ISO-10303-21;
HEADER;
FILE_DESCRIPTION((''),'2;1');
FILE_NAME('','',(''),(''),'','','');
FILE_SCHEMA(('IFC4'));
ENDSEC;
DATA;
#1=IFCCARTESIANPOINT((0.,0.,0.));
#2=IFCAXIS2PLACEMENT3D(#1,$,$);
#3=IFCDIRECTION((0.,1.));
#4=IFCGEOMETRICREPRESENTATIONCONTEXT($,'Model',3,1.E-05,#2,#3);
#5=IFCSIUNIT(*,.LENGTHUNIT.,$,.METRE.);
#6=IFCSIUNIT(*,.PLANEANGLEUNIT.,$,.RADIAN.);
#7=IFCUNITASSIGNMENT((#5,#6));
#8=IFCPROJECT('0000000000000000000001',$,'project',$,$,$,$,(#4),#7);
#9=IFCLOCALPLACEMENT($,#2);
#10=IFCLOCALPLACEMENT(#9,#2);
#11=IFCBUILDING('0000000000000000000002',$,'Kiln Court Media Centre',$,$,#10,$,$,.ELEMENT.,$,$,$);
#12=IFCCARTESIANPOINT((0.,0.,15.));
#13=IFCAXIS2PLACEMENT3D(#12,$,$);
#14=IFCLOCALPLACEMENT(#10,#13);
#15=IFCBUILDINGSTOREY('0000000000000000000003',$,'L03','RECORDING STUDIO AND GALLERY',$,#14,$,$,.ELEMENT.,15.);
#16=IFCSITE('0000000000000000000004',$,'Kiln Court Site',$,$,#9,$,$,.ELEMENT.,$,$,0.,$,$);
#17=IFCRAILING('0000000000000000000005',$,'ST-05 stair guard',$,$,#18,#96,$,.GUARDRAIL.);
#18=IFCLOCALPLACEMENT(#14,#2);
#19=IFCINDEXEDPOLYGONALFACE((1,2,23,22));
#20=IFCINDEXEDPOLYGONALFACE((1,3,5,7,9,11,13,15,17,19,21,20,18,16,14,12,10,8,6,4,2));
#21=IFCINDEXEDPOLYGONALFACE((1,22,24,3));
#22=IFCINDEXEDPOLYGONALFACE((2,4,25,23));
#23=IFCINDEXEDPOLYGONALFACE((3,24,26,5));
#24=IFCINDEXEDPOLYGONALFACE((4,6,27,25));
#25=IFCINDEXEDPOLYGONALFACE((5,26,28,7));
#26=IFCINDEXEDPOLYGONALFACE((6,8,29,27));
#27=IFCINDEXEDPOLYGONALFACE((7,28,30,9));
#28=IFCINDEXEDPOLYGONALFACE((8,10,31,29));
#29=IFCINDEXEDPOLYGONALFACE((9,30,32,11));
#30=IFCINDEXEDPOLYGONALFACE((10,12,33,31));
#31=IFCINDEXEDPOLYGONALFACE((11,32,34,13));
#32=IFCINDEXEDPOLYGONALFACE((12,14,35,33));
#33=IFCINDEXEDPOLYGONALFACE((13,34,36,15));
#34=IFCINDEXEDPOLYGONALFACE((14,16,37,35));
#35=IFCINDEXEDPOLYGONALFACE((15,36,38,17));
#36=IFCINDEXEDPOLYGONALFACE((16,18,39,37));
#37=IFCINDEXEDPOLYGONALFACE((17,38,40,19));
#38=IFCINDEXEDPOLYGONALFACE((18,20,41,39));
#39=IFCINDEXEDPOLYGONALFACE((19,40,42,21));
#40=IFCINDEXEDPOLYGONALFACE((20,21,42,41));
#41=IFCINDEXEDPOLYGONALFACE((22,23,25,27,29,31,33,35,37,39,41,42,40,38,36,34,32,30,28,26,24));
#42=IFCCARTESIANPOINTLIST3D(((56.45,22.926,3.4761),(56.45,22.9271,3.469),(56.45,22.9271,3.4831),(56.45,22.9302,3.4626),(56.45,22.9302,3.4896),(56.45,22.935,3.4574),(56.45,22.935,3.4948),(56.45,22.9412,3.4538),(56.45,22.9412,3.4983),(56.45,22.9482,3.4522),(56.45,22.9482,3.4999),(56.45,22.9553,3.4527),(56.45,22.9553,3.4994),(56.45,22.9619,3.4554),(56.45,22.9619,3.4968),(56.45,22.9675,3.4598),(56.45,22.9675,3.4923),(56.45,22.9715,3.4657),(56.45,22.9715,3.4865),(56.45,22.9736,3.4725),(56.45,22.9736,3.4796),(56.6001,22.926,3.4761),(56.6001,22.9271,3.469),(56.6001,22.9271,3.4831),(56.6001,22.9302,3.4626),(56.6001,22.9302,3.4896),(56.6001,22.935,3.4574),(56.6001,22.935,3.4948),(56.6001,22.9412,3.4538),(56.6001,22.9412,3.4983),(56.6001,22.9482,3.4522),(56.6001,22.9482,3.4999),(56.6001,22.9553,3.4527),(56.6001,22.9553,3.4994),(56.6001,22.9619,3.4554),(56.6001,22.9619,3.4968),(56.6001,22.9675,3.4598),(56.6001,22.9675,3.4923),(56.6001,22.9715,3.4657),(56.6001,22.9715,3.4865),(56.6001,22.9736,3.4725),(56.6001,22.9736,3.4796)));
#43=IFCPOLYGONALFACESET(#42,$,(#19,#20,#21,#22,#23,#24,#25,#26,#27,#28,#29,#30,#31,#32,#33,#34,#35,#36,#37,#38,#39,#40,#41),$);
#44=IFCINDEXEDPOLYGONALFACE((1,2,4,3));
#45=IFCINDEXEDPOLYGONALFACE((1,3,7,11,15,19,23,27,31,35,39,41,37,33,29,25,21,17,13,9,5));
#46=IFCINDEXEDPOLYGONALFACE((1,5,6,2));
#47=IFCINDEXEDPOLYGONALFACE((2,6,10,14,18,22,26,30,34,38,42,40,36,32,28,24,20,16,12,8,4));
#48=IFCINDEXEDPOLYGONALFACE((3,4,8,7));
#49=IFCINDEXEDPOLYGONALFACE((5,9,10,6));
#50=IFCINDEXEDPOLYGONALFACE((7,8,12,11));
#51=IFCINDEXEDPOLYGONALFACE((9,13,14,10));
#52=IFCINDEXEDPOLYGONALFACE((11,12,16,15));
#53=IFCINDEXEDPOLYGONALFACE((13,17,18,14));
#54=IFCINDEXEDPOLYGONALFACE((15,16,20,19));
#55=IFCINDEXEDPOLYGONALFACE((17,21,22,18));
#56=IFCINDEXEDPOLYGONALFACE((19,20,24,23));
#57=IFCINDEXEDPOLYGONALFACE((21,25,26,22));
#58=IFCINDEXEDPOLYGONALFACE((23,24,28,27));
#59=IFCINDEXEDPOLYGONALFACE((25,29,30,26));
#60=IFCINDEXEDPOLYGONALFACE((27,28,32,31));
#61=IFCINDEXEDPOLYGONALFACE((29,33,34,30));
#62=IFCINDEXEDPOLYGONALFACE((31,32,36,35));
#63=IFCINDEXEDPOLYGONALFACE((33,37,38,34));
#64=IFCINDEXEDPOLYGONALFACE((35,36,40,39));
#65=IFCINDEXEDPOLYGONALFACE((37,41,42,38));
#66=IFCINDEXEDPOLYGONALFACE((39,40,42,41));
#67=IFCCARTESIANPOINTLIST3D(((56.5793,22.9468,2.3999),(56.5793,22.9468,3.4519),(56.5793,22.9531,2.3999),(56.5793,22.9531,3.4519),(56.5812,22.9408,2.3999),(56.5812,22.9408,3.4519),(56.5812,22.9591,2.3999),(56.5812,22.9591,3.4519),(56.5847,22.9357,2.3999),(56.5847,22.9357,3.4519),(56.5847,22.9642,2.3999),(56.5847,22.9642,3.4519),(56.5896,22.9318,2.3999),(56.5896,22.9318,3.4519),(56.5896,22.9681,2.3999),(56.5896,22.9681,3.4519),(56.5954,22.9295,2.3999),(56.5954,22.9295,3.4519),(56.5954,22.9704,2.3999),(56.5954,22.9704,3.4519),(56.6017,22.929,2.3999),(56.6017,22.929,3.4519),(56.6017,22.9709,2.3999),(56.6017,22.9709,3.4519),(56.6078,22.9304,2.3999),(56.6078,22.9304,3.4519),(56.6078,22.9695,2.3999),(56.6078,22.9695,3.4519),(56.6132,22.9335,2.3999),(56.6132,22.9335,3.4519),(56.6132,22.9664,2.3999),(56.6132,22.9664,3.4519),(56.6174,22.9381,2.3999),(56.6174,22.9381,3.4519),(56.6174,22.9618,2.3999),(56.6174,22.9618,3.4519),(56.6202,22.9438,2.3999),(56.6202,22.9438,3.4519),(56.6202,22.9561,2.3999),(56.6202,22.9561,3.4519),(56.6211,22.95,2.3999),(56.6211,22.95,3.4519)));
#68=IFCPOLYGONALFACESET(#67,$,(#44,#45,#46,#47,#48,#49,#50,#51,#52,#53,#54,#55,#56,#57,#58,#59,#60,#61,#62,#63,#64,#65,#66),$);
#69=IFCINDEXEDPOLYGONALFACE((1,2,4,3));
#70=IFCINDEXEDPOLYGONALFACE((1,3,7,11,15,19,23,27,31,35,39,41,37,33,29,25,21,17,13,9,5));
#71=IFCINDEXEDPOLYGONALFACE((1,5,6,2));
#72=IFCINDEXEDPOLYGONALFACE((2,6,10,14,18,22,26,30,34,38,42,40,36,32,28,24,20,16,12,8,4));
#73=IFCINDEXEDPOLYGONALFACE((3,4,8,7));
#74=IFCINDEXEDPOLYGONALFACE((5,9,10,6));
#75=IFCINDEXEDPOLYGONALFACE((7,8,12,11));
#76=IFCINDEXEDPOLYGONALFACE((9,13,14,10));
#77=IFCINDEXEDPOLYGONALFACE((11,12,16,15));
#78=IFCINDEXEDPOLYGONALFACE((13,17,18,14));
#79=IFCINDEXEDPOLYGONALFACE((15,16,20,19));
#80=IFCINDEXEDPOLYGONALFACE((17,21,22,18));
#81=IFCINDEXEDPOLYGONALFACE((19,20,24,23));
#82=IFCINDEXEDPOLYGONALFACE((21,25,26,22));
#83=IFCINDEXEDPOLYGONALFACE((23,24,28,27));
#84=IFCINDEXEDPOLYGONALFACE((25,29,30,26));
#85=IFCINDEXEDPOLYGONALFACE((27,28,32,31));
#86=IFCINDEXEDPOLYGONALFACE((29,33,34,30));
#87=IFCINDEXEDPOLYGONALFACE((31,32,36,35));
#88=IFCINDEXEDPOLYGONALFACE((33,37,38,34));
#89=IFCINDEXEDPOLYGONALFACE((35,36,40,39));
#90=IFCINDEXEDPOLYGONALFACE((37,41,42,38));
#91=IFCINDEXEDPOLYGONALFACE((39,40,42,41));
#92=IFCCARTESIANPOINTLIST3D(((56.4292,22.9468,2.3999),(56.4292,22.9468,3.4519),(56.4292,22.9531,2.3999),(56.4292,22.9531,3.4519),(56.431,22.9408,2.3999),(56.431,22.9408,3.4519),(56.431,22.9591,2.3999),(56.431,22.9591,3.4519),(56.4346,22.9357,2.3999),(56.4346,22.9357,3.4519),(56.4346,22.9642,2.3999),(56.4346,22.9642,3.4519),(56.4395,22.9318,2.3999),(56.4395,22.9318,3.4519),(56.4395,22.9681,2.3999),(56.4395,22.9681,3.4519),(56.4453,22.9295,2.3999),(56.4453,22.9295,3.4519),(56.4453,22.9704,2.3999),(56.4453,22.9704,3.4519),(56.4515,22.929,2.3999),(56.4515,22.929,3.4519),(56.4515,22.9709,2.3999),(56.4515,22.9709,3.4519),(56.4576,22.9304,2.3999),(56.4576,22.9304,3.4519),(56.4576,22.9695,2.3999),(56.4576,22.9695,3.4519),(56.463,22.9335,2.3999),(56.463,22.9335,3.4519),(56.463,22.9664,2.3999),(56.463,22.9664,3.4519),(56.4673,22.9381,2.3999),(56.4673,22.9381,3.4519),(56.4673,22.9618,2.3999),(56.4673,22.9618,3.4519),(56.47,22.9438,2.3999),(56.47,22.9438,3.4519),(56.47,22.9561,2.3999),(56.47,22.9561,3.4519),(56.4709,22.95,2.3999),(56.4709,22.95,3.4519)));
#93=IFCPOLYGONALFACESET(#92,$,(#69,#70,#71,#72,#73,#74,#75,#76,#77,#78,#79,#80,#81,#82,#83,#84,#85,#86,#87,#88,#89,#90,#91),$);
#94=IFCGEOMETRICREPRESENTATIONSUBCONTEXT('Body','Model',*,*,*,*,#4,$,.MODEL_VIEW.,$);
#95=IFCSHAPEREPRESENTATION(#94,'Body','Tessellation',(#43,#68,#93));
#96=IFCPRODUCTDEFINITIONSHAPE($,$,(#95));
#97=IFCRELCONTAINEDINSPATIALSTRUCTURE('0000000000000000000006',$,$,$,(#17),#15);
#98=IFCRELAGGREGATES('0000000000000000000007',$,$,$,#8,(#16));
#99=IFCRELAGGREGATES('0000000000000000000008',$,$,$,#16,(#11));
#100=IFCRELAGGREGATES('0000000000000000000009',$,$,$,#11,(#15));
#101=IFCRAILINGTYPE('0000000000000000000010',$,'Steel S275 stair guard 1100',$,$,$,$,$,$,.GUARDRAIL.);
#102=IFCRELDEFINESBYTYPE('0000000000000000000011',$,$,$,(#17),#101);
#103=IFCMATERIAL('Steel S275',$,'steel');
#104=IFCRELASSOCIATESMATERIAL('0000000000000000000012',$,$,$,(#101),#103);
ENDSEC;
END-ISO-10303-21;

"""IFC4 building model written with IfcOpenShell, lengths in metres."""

from ifc_helpers import new_model, si_unit, direction, frame, origin, origin_2d, place, context, subcontext, project, spatial, circle, extrude, material, type_object, element, save


model = new_model("IFC4")

# Units and contexts
model_context = context("Model", 3, precision=1e-05, world=origin(), true_north=direction((0.0, 1.0)))
body_context = subcontext(model_context, "Body", "Model", "MODEL_VIEW")
ifc_project = project(units=[si_unit("LENGTHUNIT", "METRE"), si_unit("PLANEANGLEUNIT", "RADIAN")], contexts=[model_context])

# Site, building, storey
site_placement = place(None, origin())
site = spatial("IfcSite", under=ifc_project, at=site_placement, Name="Kiln Court Site", CompositionType="ELEMENT", RefElevation=0.0)
building_placement = place(site_placement, origin())
building = spatial("IfcBuilding", under=site, at=building_placement, Name="Kiln Court Media Centre", CompositionType="ELEMENT")
storey_placement = place(building_placement, frame((0.0, 0.0, 15.0)))
storey = spatial("IfcBuildingStorey", under=building, at=storey_placement, Name="L03", Description="RECORDING STUDIO AND GALLERY", CompositionType="ELEMENT", Elevation=15.0)

# Railing
ifc_material_1 = material(Name="Steel S275", Category="steel")
railing_type_1 = type_object("IfcRailingType", Name="Steel S275 stair guard 1100", PredefinedType="GUARDRAIL", material=ifc_material_1)
railing_1_placement = place(storey_placement, frame((56.6001, 22.95, 2.3999)))
element("IfcRailing", 1, at=railing_1_placement, inside=storey, type_object=railing_type_1, Name="ST-05 stair guard", PredefinedType="GUARDRAIL", context=body_context, shape_type="SweptSolid", body=[
    extrude(circle(Radius=0.0239, at=origin_2d()), frame((0.0, 0.0, 1.0762), z_axis=(-1.0, 0.0, 0.0), x_axis=(0.0, -1.0, 0.0)), (0.0, 0.0, 1.0), 0.1501),
    extrude(circle(Radius=0.021, at=origin_2d()), origin(), (0.0, 0.0, 1.0), 1.052),
    extrude(circle(Radius=0.021, at=origin_2d()), frame((-0.1501, 0.0, 0.0)), (0.0, 0.0, 1.0), 1.052),
])

save(model, "model.ifc")
